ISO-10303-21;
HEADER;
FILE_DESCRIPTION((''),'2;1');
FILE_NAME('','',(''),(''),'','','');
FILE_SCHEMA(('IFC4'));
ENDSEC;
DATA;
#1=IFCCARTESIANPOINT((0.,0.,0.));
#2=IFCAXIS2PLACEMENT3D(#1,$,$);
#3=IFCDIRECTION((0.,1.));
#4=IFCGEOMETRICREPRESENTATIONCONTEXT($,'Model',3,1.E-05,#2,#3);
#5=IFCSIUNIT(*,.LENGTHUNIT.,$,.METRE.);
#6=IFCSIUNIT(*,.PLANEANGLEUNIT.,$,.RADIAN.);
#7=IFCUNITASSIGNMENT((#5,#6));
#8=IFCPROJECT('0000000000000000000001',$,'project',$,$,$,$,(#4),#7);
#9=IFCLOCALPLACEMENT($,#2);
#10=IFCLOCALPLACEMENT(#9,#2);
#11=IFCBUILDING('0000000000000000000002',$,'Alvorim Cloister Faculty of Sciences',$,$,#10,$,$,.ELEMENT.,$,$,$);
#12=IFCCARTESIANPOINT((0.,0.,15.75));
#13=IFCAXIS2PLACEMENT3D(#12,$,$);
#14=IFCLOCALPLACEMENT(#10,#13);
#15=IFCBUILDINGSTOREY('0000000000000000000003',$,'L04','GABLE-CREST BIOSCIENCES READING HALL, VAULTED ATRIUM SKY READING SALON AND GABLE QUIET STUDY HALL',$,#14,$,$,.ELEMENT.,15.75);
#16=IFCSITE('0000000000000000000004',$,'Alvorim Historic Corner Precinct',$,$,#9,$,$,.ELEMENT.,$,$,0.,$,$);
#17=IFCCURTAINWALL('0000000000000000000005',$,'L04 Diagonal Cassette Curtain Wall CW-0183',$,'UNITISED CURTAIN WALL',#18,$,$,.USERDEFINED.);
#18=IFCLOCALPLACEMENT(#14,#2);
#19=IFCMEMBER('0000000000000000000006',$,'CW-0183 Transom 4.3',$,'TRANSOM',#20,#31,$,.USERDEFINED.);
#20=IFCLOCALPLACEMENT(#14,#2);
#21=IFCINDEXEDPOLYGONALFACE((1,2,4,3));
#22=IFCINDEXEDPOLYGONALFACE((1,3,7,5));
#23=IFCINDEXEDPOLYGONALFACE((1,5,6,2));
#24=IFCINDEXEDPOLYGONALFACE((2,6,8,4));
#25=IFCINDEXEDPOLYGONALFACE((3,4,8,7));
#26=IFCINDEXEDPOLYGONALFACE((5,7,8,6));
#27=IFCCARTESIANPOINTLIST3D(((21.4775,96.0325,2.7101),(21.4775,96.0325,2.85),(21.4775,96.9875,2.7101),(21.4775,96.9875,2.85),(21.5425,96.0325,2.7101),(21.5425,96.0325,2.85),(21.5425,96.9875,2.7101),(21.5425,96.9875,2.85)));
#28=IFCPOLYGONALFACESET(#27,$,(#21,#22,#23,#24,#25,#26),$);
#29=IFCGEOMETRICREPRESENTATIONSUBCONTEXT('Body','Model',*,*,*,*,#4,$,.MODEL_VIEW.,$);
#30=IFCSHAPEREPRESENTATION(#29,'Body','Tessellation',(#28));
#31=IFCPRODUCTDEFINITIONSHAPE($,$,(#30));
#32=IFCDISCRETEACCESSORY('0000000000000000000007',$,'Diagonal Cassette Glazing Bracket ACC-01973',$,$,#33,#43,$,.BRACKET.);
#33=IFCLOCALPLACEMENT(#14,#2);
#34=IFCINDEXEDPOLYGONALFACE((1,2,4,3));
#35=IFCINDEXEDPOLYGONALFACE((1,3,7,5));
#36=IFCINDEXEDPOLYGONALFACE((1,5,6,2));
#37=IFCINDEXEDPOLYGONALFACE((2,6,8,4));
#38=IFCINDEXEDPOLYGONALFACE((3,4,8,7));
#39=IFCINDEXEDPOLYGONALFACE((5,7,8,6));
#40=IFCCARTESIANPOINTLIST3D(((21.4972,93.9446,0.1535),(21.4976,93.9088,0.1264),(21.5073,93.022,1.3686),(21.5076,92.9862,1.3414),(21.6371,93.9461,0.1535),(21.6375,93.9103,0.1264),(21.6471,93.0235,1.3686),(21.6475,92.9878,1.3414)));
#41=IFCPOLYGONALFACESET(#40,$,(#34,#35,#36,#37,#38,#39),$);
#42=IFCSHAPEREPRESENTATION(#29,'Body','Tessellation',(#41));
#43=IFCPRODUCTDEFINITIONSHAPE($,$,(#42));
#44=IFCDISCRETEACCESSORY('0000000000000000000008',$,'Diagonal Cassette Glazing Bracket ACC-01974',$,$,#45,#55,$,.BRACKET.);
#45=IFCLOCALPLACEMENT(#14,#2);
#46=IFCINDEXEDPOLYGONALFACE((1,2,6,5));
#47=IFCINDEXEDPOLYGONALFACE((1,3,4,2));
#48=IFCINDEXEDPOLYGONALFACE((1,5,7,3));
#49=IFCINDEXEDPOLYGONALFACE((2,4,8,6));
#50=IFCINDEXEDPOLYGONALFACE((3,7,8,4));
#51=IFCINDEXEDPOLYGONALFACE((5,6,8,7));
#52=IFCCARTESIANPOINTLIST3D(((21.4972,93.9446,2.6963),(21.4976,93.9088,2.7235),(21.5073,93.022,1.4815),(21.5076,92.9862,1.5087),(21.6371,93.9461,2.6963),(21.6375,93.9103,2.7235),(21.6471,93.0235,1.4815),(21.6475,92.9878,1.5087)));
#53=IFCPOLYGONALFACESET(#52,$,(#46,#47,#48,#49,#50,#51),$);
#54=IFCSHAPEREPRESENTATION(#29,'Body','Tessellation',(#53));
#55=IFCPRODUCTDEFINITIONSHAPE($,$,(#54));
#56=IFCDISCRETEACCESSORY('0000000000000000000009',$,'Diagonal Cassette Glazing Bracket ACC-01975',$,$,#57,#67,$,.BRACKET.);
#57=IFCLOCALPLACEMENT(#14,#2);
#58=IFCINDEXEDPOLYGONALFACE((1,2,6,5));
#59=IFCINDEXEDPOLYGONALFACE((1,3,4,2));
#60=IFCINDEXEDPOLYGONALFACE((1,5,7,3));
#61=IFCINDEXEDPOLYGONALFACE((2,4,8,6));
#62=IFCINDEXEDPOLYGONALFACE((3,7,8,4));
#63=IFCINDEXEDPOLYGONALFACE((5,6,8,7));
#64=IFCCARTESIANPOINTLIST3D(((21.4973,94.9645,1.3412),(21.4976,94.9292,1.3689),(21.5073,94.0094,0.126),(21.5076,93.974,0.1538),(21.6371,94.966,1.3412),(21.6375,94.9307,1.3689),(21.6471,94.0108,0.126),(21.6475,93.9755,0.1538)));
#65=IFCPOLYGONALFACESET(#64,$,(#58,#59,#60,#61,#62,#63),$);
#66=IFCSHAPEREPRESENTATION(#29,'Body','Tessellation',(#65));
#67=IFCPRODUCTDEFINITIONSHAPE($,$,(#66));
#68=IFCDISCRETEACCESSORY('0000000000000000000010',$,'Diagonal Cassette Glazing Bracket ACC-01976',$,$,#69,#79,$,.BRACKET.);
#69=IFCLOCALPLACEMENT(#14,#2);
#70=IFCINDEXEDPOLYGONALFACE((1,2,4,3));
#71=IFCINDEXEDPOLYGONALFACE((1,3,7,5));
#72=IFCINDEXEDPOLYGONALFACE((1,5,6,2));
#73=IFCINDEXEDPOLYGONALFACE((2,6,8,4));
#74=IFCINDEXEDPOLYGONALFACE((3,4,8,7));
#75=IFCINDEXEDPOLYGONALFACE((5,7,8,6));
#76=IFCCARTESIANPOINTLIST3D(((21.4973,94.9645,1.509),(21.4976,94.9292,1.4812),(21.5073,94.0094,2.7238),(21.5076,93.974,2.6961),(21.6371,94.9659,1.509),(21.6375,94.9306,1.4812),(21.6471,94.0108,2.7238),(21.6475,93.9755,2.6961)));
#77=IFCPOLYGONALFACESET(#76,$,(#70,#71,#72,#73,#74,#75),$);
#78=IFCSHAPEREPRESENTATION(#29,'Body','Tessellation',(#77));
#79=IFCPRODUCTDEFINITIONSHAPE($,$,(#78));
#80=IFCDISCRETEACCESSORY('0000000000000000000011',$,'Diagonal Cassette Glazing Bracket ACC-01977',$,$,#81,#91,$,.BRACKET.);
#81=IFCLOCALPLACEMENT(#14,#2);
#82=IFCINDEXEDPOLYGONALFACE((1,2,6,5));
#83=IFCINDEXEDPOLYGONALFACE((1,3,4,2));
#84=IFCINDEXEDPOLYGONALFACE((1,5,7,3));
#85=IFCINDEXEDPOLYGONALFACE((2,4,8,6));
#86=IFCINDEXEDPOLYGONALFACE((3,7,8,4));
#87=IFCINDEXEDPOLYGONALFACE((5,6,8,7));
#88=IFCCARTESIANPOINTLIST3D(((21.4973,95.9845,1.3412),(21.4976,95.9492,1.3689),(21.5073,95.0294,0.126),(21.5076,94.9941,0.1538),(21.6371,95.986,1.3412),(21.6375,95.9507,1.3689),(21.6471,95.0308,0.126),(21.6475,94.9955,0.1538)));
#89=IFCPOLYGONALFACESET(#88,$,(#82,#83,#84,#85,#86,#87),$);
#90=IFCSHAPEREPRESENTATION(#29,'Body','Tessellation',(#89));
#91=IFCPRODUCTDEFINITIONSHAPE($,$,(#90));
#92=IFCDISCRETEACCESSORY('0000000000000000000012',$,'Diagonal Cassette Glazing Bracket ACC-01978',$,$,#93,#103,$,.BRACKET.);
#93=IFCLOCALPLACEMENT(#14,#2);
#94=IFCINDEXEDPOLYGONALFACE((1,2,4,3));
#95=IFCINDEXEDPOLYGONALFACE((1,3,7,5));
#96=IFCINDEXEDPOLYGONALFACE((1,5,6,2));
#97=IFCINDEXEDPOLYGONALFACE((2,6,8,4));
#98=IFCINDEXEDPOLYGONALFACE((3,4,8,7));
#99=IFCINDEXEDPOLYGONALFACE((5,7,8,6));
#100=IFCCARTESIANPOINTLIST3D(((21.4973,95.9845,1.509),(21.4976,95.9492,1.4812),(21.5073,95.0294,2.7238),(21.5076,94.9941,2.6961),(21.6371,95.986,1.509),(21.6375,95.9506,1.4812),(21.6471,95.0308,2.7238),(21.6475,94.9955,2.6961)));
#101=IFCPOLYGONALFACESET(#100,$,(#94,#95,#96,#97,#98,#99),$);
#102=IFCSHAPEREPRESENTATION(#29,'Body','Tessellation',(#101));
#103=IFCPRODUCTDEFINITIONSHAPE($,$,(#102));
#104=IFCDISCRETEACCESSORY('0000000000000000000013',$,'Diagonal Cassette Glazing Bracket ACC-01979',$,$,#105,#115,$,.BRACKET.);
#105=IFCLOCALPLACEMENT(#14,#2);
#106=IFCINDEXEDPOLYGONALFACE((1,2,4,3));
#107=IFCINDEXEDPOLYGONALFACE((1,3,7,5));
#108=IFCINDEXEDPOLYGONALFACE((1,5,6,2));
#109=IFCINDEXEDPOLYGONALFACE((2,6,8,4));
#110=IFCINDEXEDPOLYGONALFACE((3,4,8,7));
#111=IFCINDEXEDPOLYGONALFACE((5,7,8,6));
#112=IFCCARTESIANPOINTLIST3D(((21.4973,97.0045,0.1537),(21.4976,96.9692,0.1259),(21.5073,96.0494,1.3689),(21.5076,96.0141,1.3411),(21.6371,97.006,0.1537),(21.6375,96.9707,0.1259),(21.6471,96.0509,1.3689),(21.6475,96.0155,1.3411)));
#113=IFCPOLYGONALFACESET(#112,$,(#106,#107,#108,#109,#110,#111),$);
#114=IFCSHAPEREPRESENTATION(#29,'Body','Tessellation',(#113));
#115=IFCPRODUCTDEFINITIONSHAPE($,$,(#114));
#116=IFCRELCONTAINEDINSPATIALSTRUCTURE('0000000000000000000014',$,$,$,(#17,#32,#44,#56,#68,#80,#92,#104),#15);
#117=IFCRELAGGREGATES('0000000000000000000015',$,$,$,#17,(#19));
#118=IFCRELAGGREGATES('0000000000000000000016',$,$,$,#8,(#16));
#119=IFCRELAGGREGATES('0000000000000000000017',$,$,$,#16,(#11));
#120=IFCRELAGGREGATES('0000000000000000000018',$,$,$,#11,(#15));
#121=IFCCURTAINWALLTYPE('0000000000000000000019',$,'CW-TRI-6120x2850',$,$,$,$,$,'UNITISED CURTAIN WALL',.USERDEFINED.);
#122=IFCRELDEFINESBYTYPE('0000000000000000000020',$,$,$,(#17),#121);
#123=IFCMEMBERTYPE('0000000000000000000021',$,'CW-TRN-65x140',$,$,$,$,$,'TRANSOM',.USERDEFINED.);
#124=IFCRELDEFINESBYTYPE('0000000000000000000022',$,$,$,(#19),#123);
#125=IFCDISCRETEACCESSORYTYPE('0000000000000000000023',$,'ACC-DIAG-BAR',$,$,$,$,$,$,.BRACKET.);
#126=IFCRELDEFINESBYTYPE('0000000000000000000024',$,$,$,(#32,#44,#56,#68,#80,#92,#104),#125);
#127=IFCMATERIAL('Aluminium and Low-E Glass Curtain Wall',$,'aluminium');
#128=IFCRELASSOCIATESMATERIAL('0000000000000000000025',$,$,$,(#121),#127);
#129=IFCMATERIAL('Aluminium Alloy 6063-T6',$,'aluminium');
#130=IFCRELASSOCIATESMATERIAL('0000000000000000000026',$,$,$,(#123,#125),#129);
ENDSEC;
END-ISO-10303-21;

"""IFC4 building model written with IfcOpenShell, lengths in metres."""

from ifc_helpers import new_model, si_unit, direction, frame, origin, origin_2d, place, context, subcontext, project, spatial, rectangle, extrude, material, material_profile, profile_set, type_object, element, aggregate, save


model = new_model("IFC4")

# Units and contexts
model_context = context("Model", 3, precision=1e-05, world=origin(), true_north=direction((0.0, 1.0)))
body_context = subcontext(model_context, "Body", "Model", "MODEL_VIEW")
ifc_project = project(units=[si_unit("LENGTHUNIT", "METRE"), si_unit("PLANEANGLEUNIT", "RADIAN")], contexts=[model_context])

# Site, building, storey
site_placement = place(None, origin())
site = spatial("IfcSite", under=ifc_project, at=site_placement, Name="Alvorim Historic Corner Precinct", CompositionType="ELEMENT", RefElevation=0.0)
building_placement = place(site_placement, origin())
building = spatial("IfcBuilding", under=site, at=building_placement, Name="Alvorim Cloister Faculty of Sciences", CompositionType="ELEMENT")
storey_placement = place(building_placement, frame((0.0, 0.0, 15.75)))
storey = spatial("IfcBuildingStorey", under=building, at=storey_placement, Name="L04", Description="GABLE-CREST BIOSCIENCES READING HALL, VAULTED ATRIUM SKY READING SALON AND GABLE QUIET STUDY HALL", CompositionType="ELEMENT", Elevation=15.75)

# Curtain wall, member
ifc_material_1 = material(Name="Aluminium and Low-E Glass Curtain Wall", Category="aluminium")
curtain_wall_type = type_object("IfcCurtainWallType", Name="CW-TRI-6120x2850", ElementType="UNITISED CURTAIN WALL", PredefinedType="USERDEFINED", material=ifc_material_1)
curtain_wall_placement = place(storey_placement, origin())
curtain_wall = element("IfcCurtainWall", 1, at=curtain_wall_placement, inside=storey, type_object=curtain_wall_type, Name="L04 Diagonal Cassette Curtain Wall CW-0183", ObjectType="UNITISED CURTAIN WALL", PredefinedType="USERDEFINED")
ifc_material_2 = material(Name="Aluminium Alloy 6063-T6", Category="aluminium")
ifc_material_profile_1 = material_profile(ifc_material_2, rectangle(XDim=0.0649, YDim=0.1399, at=origin_2d()), Name="ALU-TRN-65x140")
ifc_profile_set_1 = profile_set([ifc_material_profile_1], Name="Aluminium Alloy 6063-T6")
member_type_1 = type_object("IfcMemberType", Name="CW-TRN-65x140", ElementType="TRANSOM", PredefinedType="USERDEFINED", material=ifc_profile_set_1)
member_1_placement = place(storey_placement, frame((21.51, 96.0325, 2.78), z_axis=(0.0, 1.0, 0.0), x_axis=(-1.0, 0.0, 0.0)))
member_1 = element("IfcMember", 2, at=member_1_placement, type_object=member_type_1, Name="CW-0183 Transom 4.3", ObjectType="TRANSOM", PredefinedType="USERDEFINED", context=body_context, shape_type="SweptSolid", body=[
    extrude(rectangle(XDim=0.0649, YDim=0.1399, at=origin_2d()), origin(), (0.0, 0.0, 1.0), 0.9551),
])
aggregate(curtain_wall, [member_1])

# Discrete accessories
discrete_accessory_type = type_object("IfcDiscreteAccessoryType", Name="ACC-DIAG-BAR", PredefinedType="BRACKET", material=ifc_material_2)
discrete_accessory_1_placement = place(storey_placement, frame((21.5774, 93.0049, 1.355), z_axis=(-0.006561, 0.604713, -0.796416), x_axis=(-0.999941, -0.010849, 0.0)))
element("IfcDiscreteAccessory", 3, at=discrete_accessory_1_placement, inside=storey, type_object=discrete_accessory_type, Name="Diagonal Cassette Glazing Bracket ACC-01973", PredefinedType="BRACKET", context=body_context, shape_type="SweptSolid", body=[
    extrude(rectangle(XDim=0.1399, YDim=0.0449, at=origin_2d()), origin(), (0.0, 0.0, 1.0), 1.5256),
])
discrete_accessory_2_placement = place(storey_placement, frame((21.5774, 93.0049, 1.4951), z_axis=(-0.006562, 0.60479, 0.796358), x_axis=(-0.999941, -0.010849, 0.0)))
element("IfcDiscreteAccessory", 4, at=discrete_accessory_2_placement, inside=storey, type_object=discrete_accessory_type, Name="Diagonal Cassette Glazing Bracket ACC-01974", PredefinedType="BRACKET", context=body_context, shape_type="SweptSolid", body=[
    extrude(rectangle(XDim=0.1399, YDim=0.0449, at=origin_2d()), origin(), (0.0, 0.0, 1.0), 1.5254),
])
discrete_accessory_3_placement = place(storey_placement, frame((21.5774, 93.9924, 0.1399), z_axis=(-0.006477, 0.617955, 0.786187), x_axis=(-0.999945, -0.01048, 0.0)))
element("IfcDiscreteAccessory", 5, at=discrete_accessory_3_placement, inside=storey, type_object=discrete_accessory_type, Name="Diagonal Cassette Glazing Bracket ACC-01975", PredefinedType="BRACKET", context=body_context, shape_type="SweptSolid", body=[
    extrude(rectangle(XDim=0.1399, YDim=0.0449, at=origin_2d()), origin(), (0.0, 0.0, 1.0), 1.5457),
])
discrete_accessory_4_placement = place(storey_placement, frame((21.5774, 93.9924, 2.71), z_axis=(-0.006477, 0.618032, -0.786126), x_axis=(-0.999945, -0.01048, 0.0)))
element("IfcDiscreteAccessory", 6, at=discrete_accessory_4_placement, inside=storey, type_object=discrete_accessory_type, Name="Diagonal Cassette Glazing Bracket ACC-01976", PredefinedType="BRACKET", context=body_context, shape_type="SweptSolid", body=[
    extrude(rectangle(XDim=0.1399, YDim=0.0449, at=origin_2d()), origin(), (0.0, 0.0, 1.0), 1.5454),
])
discrete_accessory_5_placement = place(storey_placement, frame((21.5774, 95.0125, 0.1399), z_axis=(-0.006477, 0.617955, 0.786187), x_axis=(-0.999945, -0.01048, 0.0)))
element("IfcDiscreteAccessory", 7, at=discrete_accessory_5_placement, inside=storey, type_object=discrete_accessory_type, Name="Diagonal Cassette Glazing Bracket ACC-01977", PredefinedType="BRACKET", context=body_context, shape_type="SweptSolid", body=[
    extrude(rectangle(XDim=0.1399, YDim=0.0449, at=origin_2d()), origin(), (0.0, 0.0, 1.0), 1.5457),
])
discrete_accessory_6_placement = place(storey_placement, frame((21.5774, 95.0125, 2.71), z_axis=(-0.006477, 0.618032, -0.786126), x_axis=(-0.999945, -0.01048, 0.0)))
element("IfcDiscreteAccessory", 8, at=discrete_accessory_6_placement, inside=storey, type_object=discrete_accessory_type, Name="Diagonal Cassette Glazing Bracket ACC-01978", PredefinedType="BRACKET", context=body_context, shape_type="SweptSolid", body=[
    extrude(rectangle(XDim=0.1399, YDim=0.0449, at=origin_2d()), origin(), (0.0, 0.0, 1.0), 1.5454),
])
discrete_accessory_7_placement = place(storey_placement, frame((21.5774, 96.0325, 1.355), z_axis=(-0.006477, 0.617955, -0.786187), x_axis=(-0.999945, -0.01048, 0.0)))
element("IfcDiscreteAccessory", 9, at=discrete_accessory_7_placement, inside=storey, type_object=discrete_accessory_type, Name="Diagonal Cassette Glazing Bracket ACC-01979", PredefinedType="BRACKET", context=body_context, shape_type="SweptSolid", body=[
    extrude(rectangle(XDim=0.1399, YDim=0.0449, at=origin_2d()), origin(), (0.0, 0.0, 1.0), 1.5457),
])

save(model, "model.ifc")
